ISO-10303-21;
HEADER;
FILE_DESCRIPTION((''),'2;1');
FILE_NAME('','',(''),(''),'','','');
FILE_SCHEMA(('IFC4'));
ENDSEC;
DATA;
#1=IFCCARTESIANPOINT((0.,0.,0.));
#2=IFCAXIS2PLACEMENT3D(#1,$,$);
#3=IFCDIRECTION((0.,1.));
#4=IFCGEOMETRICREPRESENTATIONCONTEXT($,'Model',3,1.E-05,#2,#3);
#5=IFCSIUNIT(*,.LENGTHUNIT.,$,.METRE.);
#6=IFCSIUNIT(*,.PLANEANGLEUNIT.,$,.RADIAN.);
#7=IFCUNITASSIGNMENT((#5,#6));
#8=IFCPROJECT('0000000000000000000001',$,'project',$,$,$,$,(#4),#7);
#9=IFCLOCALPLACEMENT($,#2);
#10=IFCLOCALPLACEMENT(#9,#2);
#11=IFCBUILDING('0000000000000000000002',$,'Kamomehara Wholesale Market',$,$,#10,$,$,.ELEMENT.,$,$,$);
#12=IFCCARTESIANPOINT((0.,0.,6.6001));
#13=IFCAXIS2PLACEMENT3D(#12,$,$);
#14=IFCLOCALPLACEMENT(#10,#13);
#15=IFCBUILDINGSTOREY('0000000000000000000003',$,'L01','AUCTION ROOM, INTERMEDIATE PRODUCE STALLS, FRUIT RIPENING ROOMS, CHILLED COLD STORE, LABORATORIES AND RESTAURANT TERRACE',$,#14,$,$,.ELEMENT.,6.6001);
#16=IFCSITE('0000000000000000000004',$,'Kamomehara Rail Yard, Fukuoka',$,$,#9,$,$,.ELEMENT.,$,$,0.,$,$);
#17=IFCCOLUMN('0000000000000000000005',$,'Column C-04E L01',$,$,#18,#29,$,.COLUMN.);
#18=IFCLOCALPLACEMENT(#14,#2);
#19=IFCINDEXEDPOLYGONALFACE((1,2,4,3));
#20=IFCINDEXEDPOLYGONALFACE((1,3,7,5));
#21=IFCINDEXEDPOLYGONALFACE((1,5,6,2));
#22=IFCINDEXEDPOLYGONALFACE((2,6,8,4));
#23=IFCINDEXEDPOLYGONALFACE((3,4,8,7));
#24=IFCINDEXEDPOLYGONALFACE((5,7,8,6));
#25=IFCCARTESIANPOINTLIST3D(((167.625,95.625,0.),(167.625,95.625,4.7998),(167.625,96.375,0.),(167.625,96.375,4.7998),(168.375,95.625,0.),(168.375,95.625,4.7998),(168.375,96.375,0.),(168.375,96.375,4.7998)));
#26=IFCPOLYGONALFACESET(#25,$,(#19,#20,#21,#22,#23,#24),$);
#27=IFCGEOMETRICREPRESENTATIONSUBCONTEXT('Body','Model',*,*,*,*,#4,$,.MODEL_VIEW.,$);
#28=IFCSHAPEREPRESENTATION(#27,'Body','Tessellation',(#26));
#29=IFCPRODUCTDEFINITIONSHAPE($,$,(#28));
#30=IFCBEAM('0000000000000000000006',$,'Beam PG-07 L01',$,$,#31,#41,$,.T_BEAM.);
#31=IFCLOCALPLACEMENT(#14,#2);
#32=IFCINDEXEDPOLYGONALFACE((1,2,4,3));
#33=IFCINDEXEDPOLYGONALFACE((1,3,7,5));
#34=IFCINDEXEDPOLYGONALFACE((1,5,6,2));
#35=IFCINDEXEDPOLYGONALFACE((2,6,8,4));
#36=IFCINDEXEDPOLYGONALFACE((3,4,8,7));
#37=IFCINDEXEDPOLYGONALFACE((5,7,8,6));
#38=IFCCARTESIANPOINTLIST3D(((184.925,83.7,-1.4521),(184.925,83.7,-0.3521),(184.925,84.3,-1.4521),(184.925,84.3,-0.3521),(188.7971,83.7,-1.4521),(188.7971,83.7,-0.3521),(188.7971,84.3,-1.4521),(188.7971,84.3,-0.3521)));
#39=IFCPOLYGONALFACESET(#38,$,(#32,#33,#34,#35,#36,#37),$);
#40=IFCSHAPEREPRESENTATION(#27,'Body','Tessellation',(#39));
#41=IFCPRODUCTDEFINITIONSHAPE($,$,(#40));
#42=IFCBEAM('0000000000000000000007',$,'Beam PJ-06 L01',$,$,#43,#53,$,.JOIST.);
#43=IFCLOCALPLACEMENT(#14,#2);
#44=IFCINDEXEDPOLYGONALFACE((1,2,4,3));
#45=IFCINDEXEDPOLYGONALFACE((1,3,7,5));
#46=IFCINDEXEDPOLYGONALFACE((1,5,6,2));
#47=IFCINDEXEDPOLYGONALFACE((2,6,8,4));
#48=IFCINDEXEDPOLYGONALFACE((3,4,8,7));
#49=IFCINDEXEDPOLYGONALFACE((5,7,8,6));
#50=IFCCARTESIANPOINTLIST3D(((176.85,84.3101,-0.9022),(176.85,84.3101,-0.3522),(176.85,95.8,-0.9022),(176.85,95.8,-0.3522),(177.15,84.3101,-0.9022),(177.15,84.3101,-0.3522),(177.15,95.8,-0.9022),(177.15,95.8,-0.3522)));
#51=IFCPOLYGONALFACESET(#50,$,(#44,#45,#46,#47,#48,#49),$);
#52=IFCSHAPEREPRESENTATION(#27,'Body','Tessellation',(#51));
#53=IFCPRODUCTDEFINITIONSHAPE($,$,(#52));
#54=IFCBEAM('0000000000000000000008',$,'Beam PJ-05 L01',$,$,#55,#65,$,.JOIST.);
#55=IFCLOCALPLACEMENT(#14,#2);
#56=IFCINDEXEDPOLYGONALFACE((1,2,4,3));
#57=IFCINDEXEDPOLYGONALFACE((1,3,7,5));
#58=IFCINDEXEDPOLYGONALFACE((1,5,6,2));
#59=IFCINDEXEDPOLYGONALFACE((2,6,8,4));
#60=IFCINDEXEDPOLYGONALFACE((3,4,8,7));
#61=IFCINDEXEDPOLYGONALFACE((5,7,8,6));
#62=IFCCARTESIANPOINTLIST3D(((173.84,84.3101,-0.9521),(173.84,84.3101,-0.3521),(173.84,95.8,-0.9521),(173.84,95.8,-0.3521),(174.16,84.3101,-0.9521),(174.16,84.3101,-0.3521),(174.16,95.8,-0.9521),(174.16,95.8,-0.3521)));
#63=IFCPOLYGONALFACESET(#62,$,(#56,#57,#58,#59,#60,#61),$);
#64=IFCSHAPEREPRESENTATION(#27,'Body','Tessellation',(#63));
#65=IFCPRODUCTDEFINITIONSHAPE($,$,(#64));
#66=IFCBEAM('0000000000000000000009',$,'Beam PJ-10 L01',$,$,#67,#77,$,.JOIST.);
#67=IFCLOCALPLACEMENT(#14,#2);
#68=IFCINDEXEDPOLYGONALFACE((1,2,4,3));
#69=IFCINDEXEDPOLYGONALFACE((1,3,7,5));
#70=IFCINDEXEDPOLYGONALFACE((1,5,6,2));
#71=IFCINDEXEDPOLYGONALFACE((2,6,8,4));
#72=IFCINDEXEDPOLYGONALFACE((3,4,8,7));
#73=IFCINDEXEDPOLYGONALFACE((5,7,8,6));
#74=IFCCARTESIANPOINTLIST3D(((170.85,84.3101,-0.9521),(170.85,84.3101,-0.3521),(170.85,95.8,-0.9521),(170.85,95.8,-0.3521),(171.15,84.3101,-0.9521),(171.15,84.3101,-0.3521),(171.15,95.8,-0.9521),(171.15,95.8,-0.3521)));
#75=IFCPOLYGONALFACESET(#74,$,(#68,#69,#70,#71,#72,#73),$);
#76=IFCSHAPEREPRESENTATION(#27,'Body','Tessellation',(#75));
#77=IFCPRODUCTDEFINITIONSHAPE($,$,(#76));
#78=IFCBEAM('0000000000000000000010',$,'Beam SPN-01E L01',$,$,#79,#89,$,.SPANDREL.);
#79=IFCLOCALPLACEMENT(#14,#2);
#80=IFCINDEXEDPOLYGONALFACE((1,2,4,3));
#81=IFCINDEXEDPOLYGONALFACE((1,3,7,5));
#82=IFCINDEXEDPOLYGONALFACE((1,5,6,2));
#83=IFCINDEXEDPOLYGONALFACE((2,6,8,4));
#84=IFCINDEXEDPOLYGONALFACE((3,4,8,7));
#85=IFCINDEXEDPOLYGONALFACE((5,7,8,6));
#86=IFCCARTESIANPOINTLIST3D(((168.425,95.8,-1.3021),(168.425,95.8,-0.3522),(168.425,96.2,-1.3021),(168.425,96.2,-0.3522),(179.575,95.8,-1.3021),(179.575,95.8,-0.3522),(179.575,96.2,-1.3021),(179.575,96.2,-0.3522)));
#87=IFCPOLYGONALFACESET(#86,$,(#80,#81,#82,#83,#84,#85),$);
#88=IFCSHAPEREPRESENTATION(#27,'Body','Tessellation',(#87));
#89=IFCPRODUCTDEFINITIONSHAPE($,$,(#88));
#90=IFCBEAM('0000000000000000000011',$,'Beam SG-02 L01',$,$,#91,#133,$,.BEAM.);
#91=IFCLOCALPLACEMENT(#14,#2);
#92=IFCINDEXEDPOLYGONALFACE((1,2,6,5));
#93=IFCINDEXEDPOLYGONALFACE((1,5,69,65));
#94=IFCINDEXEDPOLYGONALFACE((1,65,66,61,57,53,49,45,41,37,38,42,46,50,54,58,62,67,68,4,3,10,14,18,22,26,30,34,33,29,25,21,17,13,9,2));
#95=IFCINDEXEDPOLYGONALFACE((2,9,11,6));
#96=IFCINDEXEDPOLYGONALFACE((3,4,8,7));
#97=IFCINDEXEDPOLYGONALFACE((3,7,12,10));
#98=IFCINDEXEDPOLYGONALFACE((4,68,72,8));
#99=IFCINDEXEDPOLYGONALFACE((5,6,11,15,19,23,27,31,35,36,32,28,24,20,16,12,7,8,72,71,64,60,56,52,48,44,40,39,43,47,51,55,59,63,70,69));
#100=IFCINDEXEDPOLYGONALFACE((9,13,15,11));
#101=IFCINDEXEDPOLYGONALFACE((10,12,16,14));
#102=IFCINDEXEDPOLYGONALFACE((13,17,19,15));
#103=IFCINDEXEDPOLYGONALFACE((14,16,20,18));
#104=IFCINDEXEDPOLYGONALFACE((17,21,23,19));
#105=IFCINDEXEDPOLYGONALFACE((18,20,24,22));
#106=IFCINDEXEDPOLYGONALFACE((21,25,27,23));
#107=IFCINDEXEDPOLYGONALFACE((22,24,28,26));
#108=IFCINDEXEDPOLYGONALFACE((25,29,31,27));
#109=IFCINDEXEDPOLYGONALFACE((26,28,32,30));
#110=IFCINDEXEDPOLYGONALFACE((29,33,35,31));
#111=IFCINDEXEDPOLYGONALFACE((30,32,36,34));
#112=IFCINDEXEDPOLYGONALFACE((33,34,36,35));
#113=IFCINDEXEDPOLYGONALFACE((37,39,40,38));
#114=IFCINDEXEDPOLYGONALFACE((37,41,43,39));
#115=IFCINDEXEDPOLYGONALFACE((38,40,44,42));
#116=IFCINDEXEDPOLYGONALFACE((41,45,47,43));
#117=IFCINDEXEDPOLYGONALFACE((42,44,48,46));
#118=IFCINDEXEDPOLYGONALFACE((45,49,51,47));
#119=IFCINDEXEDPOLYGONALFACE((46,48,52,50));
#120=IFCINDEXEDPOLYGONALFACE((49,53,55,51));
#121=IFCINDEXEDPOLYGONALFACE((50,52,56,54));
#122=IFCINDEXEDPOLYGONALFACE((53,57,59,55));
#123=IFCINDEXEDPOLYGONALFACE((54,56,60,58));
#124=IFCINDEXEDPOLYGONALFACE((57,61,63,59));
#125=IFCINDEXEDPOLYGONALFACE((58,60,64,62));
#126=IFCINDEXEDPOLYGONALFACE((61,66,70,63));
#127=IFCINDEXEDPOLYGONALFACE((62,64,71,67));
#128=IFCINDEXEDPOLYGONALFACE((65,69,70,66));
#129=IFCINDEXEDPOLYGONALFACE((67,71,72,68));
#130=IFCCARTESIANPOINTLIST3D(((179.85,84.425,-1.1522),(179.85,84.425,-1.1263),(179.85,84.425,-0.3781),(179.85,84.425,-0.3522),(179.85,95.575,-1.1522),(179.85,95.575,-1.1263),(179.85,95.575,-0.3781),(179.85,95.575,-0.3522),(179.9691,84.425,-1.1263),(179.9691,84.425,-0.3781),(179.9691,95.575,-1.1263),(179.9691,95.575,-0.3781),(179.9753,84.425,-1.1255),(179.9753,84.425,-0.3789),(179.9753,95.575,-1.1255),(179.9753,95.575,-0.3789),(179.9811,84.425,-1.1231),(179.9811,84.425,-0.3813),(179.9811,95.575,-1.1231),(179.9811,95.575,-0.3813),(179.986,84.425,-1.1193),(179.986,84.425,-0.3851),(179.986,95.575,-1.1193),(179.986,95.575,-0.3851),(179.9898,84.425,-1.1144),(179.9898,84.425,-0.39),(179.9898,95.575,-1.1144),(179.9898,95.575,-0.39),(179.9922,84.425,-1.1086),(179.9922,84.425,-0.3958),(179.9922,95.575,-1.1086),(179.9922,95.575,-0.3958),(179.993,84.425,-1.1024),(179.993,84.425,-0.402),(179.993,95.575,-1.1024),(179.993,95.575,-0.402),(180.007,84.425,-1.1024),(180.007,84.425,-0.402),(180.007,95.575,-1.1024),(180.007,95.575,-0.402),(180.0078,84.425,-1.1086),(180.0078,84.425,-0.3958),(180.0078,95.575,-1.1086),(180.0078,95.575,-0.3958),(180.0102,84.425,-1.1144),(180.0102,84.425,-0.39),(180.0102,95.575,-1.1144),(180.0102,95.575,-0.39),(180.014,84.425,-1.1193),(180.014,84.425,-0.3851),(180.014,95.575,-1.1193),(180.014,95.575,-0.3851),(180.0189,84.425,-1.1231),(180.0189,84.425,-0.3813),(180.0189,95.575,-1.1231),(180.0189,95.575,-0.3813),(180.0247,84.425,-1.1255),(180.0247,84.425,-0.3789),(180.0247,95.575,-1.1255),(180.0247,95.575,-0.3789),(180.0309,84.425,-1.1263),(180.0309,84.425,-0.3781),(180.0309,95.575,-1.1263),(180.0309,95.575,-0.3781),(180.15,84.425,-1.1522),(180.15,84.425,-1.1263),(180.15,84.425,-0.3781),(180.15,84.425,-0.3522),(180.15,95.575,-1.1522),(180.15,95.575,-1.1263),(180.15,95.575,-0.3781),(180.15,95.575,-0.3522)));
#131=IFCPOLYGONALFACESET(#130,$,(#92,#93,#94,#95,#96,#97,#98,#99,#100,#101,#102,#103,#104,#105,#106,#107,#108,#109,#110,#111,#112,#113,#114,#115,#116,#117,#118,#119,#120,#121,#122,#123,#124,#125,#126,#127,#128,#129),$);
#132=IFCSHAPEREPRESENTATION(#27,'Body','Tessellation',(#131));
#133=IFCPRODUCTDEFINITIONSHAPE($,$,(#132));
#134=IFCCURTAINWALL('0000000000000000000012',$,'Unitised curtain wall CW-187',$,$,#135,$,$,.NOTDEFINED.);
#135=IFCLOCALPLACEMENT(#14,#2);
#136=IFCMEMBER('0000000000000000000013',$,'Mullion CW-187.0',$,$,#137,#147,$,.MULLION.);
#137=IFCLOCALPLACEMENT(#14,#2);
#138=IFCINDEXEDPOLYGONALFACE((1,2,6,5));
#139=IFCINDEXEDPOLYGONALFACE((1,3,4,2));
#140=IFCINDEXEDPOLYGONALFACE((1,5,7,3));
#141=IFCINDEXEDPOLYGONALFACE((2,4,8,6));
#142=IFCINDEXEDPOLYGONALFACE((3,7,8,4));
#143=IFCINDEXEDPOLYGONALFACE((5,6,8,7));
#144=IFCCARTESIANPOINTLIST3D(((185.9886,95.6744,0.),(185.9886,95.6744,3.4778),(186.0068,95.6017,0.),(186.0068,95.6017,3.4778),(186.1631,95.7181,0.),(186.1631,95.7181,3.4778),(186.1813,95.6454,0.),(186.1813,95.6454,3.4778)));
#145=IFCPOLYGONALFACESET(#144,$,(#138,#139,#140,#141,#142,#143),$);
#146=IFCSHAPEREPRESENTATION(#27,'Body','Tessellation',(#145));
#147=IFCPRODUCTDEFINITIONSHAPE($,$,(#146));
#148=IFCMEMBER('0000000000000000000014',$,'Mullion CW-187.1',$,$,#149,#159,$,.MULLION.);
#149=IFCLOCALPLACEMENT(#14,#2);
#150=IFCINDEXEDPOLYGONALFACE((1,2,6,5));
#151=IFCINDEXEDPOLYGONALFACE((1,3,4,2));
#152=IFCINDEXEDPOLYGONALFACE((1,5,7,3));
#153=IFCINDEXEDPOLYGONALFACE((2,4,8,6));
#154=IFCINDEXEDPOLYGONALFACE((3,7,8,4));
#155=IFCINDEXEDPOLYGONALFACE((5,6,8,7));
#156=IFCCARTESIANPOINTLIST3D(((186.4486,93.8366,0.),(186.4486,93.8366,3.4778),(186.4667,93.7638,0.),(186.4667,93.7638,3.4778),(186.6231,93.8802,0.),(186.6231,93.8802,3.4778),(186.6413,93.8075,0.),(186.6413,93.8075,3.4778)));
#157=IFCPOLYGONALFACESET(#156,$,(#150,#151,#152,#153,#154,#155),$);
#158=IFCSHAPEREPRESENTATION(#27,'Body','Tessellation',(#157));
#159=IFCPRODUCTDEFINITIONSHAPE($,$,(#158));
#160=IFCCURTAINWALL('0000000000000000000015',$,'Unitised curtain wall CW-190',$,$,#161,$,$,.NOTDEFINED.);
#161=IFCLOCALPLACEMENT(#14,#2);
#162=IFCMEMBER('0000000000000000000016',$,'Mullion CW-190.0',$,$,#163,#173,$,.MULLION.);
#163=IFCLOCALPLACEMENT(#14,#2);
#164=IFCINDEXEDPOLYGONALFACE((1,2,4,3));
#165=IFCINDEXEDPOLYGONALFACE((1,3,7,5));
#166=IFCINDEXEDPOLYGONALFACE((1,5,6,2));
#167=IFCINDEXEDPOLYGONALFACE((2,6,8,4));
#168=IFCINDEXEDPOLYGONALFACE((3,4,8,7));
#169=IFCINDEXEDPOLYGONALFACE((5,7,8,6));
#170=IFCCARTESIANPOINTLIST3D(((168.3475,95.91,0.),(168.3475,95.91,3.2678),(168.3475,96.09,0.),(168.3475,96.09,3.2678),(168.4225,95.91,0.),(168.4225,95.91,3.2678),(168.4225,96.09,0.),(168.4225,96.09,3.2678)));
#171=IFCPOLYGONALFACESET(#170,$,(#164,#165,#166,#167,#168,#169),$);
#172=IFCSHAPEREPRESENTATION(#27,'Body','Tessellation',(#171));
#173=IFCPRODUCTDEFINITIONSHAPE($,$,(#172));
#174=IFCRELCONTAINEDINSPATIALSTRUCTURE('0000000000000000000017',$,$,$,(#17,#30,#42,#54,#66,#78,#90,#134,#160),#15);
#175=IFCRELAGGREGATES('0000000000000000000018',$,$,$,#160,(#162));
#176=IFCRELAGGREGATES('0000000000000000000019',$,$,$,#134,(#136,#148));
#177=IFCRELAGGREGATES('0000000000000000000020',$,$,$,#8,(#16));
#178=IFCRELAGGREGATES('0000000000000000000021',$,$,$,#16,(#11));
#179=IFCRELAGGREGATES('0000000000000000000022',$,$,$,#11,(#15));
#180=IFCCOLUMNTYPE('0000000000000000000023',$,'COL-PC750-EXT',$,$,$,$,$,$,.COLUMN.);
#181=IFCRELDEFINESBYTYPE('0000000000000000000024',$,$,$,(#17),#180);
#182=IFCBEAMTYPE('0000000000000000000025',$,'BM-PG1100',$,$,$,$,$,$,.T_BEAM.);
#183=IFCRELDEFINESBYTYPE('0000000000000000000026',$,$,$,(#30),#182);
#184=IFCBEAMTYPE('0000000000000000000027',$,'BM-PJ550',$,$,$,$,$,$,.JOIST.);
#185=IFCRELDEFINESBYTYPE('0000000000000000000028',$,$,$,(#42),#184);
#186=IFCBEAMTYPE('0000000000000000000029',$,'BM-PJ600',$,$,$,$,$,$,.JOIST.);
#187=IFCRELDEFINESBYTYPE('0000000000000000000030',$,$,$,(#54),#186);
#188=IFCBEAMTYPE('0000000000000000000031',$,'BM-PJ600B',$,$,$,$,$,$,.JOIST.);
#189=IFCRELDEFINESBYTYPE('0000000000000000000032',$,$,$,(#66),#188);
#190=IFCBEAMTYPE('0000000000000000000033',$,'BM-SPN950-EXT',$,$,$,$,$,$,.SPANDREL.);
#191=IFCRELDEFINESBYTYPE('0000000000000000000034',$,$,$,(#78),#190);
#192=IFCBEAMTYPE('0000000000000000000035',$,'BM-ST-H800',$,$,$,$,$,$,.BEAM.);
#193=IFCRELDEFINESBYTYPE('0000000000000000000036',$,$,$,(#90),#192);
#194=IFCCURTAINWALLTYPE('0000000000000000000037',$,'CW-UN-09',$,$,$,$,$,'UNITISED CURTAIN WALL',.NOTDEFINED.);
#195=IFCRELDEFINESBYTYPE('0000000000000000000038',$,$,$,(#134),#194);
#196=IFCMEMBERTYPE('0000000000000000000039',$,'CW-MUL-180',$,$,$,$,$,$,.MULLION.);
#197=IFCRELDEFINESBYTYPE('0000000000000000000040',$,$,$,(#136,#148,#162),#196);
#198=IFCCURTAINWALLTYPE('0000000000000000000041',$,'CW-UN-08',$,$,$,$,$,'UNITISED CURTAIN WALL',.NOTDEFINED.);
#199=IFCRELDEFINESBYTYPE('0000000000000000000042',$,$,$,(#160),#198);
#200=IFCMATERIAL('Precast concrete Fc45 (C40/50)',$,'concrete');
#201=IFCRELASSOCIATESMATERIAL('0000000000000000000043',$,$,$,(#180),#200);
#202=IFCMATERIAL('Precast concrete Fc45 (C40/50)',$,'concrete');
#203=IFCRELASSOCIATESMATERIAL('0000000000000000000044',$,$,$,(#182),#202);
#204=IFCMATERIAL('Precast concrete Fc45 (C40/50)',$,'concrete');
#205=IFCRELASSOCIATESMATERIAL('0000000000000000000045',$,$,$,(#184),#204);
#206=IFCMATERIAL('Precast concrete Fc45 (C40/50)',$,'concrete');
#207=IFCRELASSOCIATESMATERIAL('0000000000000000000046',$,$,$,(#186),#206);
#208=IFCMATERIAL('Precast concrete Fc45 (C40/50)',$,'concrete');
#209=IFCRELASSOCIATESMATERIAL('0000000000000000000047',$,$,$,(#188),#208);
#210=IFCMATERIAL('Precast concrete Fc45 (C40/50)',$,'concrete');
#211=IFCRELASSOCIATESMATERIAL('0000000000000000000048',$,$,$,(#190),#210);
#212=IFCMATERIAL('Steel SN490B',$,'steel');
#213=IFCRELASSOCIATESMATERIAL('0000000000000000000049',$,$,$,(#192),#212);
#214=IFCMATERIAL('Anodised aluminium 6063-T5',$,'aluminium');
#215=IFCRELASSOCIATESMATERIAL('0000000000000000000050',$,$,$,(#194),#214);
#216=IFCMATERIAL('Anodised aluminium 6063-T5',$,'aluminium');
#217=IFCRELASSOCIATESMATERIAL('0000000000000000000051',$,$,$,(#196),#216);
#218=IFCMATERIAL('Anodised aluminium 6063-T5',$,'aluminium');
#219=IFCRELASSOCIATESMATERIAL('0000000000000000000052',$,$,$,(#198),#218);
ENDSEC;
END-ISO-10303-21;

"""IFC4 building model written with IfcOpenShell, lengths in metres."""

from ifc_helpers import new_model, si_unit, direction, frame, origin, origin_2d, place, context, subcontext, project, spatial, rectangle, i_section, extrude, material, material_profile, profile_set, type_object, element, aggregate, save


model = new_model("IFC4")

# Units and contexts
model_context = context("Model", 3, precision=1e-05, world=origin(), true_north=direction((0.0, 1.0)))
body_context = subcontext(model_context, "Body", "Model", "MODEL_VIEW")
ifc_project = project(units=[si_unit("LENGTHUNIT", "METRE"), si_unit("PLANEANGLEUNIT", "RADIAN")], contexts=[model_context])

# Site, building, storey
site_placement = place(None, origin())
site = spatial("IfcSite", under=ifc_project, at=site_placement, Name="Kamomehara Rail Yard, Fukuoka", CompositionType="ELEMENT", RefElevation=0.0)
building_placement = place(site_placement, origin())
building = spatial("IfcBuilding", under=site, at=building_placement, Name="Kamomehara Wholesale Market", CompositionType="ELEMENT")
storey_placement = place(building_placement, frame((0.0, 0.0, 6.6001)))
storey = spatial("IfcBuildingStorey", under=building, at=storey_placement, Name="L01", Description="AUCTION ROOM, INTERMEDIATE PRODUCE STALLS, FRUIT RIPENING ROOMS, CHILLED COLD STORE, LABORATORIES AND RESTAURANT TERRACE", CompositionType="ELEMENT", Elevation=6.6001)

# Column
ifc_material_1 = material(Name="Precast concrete Fc45 (C40/50)", Category="concrete")
ifc_material_profile_1 = material_profile(ifc_material_1, rectangle(XDim=0.75, YDim=0.75, at=origin_2d()), Name="PC-COL-750x750")
ifc_profile_set_1 = profile_set([ifc_material_profile_1], Name="Precast concrete Fc45 (C40/50)")
column_type = type_object("IfcColumnType", Name="COL-PC750-EXT", PredefinedType="COLUMN", material=ifc_profile_set_1)
column_placement = place(storey_placement, frame((168.0, 96.0, 0.0), z_axis=(0.0, 0.0, 1.0), x_axis=(1.0, 0.0, 0.0)))
element("IfcColumn", 1, at=column_placement, inside=storey, type_object=column_type, Name="Column C-04E L01", PredefinedType="COLUMN", context=body_context, shape_type="SweptSolid", body=[
    extrude(rectangle(XDim=0.75, YDim=0.75, at=origin_2d()), origin(), (0.0, 0.0, 1.0), 4.7998),
])

# Beams
ifc_material_2 = material(Name="Precast concrete Fc45 (C40/50)", Category="concrete")
ifc_material_profile_2 = material_profile(ifc_material_2, rectangle(XDim=0.6001, YDim=1.1001, at=origin_2d()), Name="PC-GRD-600x1100")
ifc_profile_set_2 = profile_set([ifc_material_profile_2], Name="Precast concrete Fc45 (C40/50)")
beam_type_1 = type_object("IfcBeamType", Name="BM-PG1100", PredefinedType="T_BEAM", material=ifc_profile_set_2)
beam_1_placement = place(storey_placement, frame((184.925, 84.0, -0.9021), z_axis=(1.0, 0.0, 0.0), x_axis=(0.0, 1.0, 0.0)))
element("IfcBeam", 2, at=beam_1_placement, inside=storey, type_object=beam_type_1, Name="Beam PG-07 L01", PredefinedType="T_BEAM", context=body_context, shape_type="SweptSolid", body=[
    extrude(rectangle(XDim=0.6001, YDim=1.1001, at=origin_2d()), origin(), (0.0, 0.0, 1.0), 3.8721),
])
ifc_material_3 = material(Name="Precast concrete Fc45 (C40/50)", Category="concrete")
ifc_material_profile_3 = material_profile(ifc_material_3, rectangle(XDim=0.3, YDim=0.55, at=origin_2d()), Name="PC-JST-300x550")
ifc_profile_set_3 = profile_set([ifc_material_profile_3], Name="Precast concrete Fc45 (C40/50)")
beam_type_2 = type_object("IfcBeamType", Name="BM-PJ550", PredefinedType="JOIST", material=ifc_profile_set_3)
beam_2_placement = place(storey_placement, frame((177.0, 84.3101, -0.6272), z_axis=(0.0, 1.0, 0.0), x_axis=(-1.0, 0.0, 0.0)))
element("IfcBeam", 3, at=beam_2_placement, inside=storey, type_object=beam_type_2, Name="Beam PJ-06 L01", PredefinedType="JOIST", context=body_context, shape_type="SweptSolid", body=[
    extrude(rectangle(XDim=0.3, YDim=0.55, at=origin_2d()), origin(), (0.0, 0.0, 1.0), 11.49),
])
ifc_material_4 = material(Name="Precast concrete Fc45 (C40/50)", Category="concrete")
ifc_material_profile_4 = material_profile(ifc_material_4, rectangle(XDim=0.3201, YDim=0.6001, at=origin_2d()), Name="PC-JST-320x600")
ifc_profile_set_4 = profile_set([ifc_material_profile_4], Name="Precast concrete Fc45 (C40/50)")
beam_type_3 = type_object("IfcBeamType", Name="BM-PJ600", PredefinedType="JOIST", material=ifc_profile_set_4)
beam_3_placement = place(storey_placement, frame((174.0, 84.3101, -0.6521), z_axis=(0.0, 1.0, 0.0), x_axis=(-1.0, 0.0, 0.0)))
element("IfcBeam", 4, at=beam_3_placement, inside=storey, type_object=beam_type_3, Name="Beam PJ-05 L01", PredefinedType="JOIST", context=body_context, shape_type="SweptSolid", body=[
    extrude(rectangle(XDim=0.3201, YDim=0.6001, at=origin_2d()), origin(), (0.0, 0.0, 1.0), 11.49),
])
ifc_material_5 = material(Name="Precast concrete Fc45 (C40/50)", Category="concrete")
ifc_material_profile_5 = material_profile(ifc_material_5, rectangle(XDim=0.3, YDim=0.6001, at=origin_2d()), Name="PC-JST-300x600")
ifc_profile_set_5 = profile_set([ifc_material_profile_5], Name="Precast concrete Fc45 (C40/50)")
beam_type_4 = type_object("IfcBeamType", Name="BM-PJ600B", PredefinedType="JOIST", material=ifc_profile_set_5)
beam_4_placement = place(storey_placement, frame((171.0, 84.3101, -0.6521), z_axis=(0.0, 1.0, 0.0), x_axis=(-1.0, 0.0, 0.0)))
element("IfcBeam", 5, at=beam_4_placement, inside=storey, type_object=beam_type_4, Name="Beam PJ-10 L01", PredefinedType="JOIST", context=body_context, shape_type="SweptSolid", body=[
    extrude(rectangle(XDim=0.3, YDim=0.6001, at=origin_2d()), origin(), (0.0, 0.0, 1.0), 11.49),
])
ifc_material_6 = material(Name="Precast concrete Fc45 (C40/50)", Category="concrete")
ifc_material_profile_6 = material_profile(ifc_material_6, rectangle(XDim=0.3999, YDim=0.95, at=origin_2d()), Name="PC-SPN-400x950")
ifc_profile_set_6 = profile_set([ifc_material_profile_6], Name="Precast concrete Fc45 (C40/50)")
beam_type_5 = type_object("IfcBeamType", Name="BM-SPN950-EXT", PredefinedType="SPANDREL", material=ifc_profile_set_6)
beam_5_placement = place(storey_placement, frame((168.425, 96.0, -0.8271), z_axis=(1.0, 0.0, 0.0), x_axis=(0.0, 1.0, 0.0)))
element("IfcBeam", 6, at=beam_5_placement, inside=storey, type_object=beam_type_5, Name="Beam SPN-01E L01", PredefinedType="SPANDREL", context=body_context, shape_type="SweptSolid", body=[
    extrude(rectangle(XDim=0.3999, YDim=0.95, at=origin_2d()), origin(), (0.0, 0.0, 1.0), 11.1499),
])
ifc_material_7 = material(Name="Steel SN490B", Category="steel")
ifc_material_profile_7 = material_profile(ifc_material_7, i_section(OverallWidth=0.3, OverallDepth=0.8, WebThickness=0.0139, FlangeThickness=0.0259, FilletRadius=0.0239, at=origin_2d()), Name="H-800x300x14x26")
ifc_profile_set_7 = profile_set([ifc_material_profile_7], Name="Steel SN490B")
beam_type_6 = type_object("IfcBeamType", Name="BM-ST-H800", PredefinedType="BEAM", material=ifc_profile_set_7)
beam_6_placement = place(storey_placement, frame((180.0, 84.425, -0.7522), z_axis=(0.0, 1.0, 0.0), x_axis=(-1.0, 0.0, 0.0)))
element("IfcBeam", 7, at=beam_6_placement, inside=storey, type_object=beam_type_6, Name="Beam SG-02 L01", PredefinedType="BEAM", context=body_context, shape_type="SweptSolid", body=[
    extrude(i_section(OverallWidth=0.3, OverallDepth=0.8, WebThickness=0.0139, FlangeThickness=0.0259, FilletRadius=0.0239, at=origin_2d()), origin(), (0.0, 0.0, 1.0), 11.1499),
])

# Curtain walls, members
ifc_material_8 = material(Name="Anodised aluminium 6063-T5", Category="aluminium")
curtain_wall_type_1 = type_object("IfcCurtainWallType", Name="CW-UN-09", ElementType="UNITISED CURTAIN WALL", PredefinedType="NOTDEFINED", material=ifc_material_8)
curtain_wall_1_placement = place(storey_placement, origin())
curtain_wall_1 = element("IfcCurtainWall", 8, at=curtain_wall_1_placement, inside=storey, type_object=curtain_wall_type_1, Name="Unitised curtain wall CW-187", PredefinedType="NOTDEFINED")
ifc_material_9 = material(Name="Anodised aluminium 6063-T5", Category="aluminium")
ifc_material_profile_8 = material_profile(ifc_material_9, rectangle(XDim=0.075, YDim=0.1799, at=origin_2d()), Name="ALU-MUL-75x180")
ifc_profile_set_8 = profile_set([ifc_material_profile_8], Name="Anodised aluminium 6063-T5")
member_type_1 = type_object("IfcMemberType", Name="CW-MUL-180", PredefinedType="MULLION", material=ifc_profile_set_8)
member_1_placement = place(storey_placement, frame((186.085, 95.6599, 0.0), z_axis=(0.0, 0.0, 1.0), x_axis=(0.242618, -0.970122, 0.0)))
member_1 = element("IfcMember", 9, at=member_1_placement, type_object=member_type_1, Name="Mullion CW-187.0", PredefinedType="MULLION", context=body_context, shape_type="SweptSolid", body=[
    extrude(rectangle(XDim=0.075, YDim=0.1799, at=origin_2d()), origin(), (0.0, 0.0, 1.0), 3.4778),
])
member_2_placement = place(storey_placement, frame((186.5449, 93.822, 0.0), z_axis=(0.0, 0.0, 1.0), x_axis=(0.242618, -0.970122, 0.0)))
member_2 = element("IfcMember", 10, at=member_2_placement, type_object=member_type_1, Name="Mullion CW-187.1", PredefinedType="MULLION", context=body_context, shape_type="SweptSolid", body=[
    extrude(rectangle(XDim=0.075, YDim=0.1799, at=origin_2d()), origin(), (0.0, 0.0, 1.0), 3.4778),
])
ifc_material_10 = material(Name="Anodised aluminium 6063-T5", Category="aluminium")
curtain_wall_type_2 = type_object("IfcCurtainWallType", Name="CW-UN-08", ElementType="UNITISED CURTAIN WALL", PredefinedType="NOTDEFINED", material=ifc_material_10)
curtain_wall_2_placement = place(storey_placement, origin())
curtain_wall_2 = element("IfcCurtainWall", 11, at=curtain_wall_2_placement, inside=storey, type_object=curtain_wall_type_2, Name="Unitised curtain wall CW-190", PredefinedType="NOTDEFINED")
member_3_placement = place(storey_placement, frame((168.385, 96.0, 0.0), z_axis=(0.0, 0.0, 1.0), x_axis=(1.0, 0.0, 0.0)))
member_3 = element("IfcMember", 12, at=member_3_placement, type_object=member_type_1, Name="Mullion CW-190.0", PredefinedType="MULLION", context=body_context, shape_type="SweptSolid", body=[
    extrude(rectangle(XDim=0.075, YDim=0.1799, at=origin_2d()), origin(), (0.0, 0.0, 1.0), 3.2678),
])

aggregate(curtain_wall_2, [member_3])

aggregate(curtain_wall_1, [member_1, member_2])

save(model, "model.ifc")
